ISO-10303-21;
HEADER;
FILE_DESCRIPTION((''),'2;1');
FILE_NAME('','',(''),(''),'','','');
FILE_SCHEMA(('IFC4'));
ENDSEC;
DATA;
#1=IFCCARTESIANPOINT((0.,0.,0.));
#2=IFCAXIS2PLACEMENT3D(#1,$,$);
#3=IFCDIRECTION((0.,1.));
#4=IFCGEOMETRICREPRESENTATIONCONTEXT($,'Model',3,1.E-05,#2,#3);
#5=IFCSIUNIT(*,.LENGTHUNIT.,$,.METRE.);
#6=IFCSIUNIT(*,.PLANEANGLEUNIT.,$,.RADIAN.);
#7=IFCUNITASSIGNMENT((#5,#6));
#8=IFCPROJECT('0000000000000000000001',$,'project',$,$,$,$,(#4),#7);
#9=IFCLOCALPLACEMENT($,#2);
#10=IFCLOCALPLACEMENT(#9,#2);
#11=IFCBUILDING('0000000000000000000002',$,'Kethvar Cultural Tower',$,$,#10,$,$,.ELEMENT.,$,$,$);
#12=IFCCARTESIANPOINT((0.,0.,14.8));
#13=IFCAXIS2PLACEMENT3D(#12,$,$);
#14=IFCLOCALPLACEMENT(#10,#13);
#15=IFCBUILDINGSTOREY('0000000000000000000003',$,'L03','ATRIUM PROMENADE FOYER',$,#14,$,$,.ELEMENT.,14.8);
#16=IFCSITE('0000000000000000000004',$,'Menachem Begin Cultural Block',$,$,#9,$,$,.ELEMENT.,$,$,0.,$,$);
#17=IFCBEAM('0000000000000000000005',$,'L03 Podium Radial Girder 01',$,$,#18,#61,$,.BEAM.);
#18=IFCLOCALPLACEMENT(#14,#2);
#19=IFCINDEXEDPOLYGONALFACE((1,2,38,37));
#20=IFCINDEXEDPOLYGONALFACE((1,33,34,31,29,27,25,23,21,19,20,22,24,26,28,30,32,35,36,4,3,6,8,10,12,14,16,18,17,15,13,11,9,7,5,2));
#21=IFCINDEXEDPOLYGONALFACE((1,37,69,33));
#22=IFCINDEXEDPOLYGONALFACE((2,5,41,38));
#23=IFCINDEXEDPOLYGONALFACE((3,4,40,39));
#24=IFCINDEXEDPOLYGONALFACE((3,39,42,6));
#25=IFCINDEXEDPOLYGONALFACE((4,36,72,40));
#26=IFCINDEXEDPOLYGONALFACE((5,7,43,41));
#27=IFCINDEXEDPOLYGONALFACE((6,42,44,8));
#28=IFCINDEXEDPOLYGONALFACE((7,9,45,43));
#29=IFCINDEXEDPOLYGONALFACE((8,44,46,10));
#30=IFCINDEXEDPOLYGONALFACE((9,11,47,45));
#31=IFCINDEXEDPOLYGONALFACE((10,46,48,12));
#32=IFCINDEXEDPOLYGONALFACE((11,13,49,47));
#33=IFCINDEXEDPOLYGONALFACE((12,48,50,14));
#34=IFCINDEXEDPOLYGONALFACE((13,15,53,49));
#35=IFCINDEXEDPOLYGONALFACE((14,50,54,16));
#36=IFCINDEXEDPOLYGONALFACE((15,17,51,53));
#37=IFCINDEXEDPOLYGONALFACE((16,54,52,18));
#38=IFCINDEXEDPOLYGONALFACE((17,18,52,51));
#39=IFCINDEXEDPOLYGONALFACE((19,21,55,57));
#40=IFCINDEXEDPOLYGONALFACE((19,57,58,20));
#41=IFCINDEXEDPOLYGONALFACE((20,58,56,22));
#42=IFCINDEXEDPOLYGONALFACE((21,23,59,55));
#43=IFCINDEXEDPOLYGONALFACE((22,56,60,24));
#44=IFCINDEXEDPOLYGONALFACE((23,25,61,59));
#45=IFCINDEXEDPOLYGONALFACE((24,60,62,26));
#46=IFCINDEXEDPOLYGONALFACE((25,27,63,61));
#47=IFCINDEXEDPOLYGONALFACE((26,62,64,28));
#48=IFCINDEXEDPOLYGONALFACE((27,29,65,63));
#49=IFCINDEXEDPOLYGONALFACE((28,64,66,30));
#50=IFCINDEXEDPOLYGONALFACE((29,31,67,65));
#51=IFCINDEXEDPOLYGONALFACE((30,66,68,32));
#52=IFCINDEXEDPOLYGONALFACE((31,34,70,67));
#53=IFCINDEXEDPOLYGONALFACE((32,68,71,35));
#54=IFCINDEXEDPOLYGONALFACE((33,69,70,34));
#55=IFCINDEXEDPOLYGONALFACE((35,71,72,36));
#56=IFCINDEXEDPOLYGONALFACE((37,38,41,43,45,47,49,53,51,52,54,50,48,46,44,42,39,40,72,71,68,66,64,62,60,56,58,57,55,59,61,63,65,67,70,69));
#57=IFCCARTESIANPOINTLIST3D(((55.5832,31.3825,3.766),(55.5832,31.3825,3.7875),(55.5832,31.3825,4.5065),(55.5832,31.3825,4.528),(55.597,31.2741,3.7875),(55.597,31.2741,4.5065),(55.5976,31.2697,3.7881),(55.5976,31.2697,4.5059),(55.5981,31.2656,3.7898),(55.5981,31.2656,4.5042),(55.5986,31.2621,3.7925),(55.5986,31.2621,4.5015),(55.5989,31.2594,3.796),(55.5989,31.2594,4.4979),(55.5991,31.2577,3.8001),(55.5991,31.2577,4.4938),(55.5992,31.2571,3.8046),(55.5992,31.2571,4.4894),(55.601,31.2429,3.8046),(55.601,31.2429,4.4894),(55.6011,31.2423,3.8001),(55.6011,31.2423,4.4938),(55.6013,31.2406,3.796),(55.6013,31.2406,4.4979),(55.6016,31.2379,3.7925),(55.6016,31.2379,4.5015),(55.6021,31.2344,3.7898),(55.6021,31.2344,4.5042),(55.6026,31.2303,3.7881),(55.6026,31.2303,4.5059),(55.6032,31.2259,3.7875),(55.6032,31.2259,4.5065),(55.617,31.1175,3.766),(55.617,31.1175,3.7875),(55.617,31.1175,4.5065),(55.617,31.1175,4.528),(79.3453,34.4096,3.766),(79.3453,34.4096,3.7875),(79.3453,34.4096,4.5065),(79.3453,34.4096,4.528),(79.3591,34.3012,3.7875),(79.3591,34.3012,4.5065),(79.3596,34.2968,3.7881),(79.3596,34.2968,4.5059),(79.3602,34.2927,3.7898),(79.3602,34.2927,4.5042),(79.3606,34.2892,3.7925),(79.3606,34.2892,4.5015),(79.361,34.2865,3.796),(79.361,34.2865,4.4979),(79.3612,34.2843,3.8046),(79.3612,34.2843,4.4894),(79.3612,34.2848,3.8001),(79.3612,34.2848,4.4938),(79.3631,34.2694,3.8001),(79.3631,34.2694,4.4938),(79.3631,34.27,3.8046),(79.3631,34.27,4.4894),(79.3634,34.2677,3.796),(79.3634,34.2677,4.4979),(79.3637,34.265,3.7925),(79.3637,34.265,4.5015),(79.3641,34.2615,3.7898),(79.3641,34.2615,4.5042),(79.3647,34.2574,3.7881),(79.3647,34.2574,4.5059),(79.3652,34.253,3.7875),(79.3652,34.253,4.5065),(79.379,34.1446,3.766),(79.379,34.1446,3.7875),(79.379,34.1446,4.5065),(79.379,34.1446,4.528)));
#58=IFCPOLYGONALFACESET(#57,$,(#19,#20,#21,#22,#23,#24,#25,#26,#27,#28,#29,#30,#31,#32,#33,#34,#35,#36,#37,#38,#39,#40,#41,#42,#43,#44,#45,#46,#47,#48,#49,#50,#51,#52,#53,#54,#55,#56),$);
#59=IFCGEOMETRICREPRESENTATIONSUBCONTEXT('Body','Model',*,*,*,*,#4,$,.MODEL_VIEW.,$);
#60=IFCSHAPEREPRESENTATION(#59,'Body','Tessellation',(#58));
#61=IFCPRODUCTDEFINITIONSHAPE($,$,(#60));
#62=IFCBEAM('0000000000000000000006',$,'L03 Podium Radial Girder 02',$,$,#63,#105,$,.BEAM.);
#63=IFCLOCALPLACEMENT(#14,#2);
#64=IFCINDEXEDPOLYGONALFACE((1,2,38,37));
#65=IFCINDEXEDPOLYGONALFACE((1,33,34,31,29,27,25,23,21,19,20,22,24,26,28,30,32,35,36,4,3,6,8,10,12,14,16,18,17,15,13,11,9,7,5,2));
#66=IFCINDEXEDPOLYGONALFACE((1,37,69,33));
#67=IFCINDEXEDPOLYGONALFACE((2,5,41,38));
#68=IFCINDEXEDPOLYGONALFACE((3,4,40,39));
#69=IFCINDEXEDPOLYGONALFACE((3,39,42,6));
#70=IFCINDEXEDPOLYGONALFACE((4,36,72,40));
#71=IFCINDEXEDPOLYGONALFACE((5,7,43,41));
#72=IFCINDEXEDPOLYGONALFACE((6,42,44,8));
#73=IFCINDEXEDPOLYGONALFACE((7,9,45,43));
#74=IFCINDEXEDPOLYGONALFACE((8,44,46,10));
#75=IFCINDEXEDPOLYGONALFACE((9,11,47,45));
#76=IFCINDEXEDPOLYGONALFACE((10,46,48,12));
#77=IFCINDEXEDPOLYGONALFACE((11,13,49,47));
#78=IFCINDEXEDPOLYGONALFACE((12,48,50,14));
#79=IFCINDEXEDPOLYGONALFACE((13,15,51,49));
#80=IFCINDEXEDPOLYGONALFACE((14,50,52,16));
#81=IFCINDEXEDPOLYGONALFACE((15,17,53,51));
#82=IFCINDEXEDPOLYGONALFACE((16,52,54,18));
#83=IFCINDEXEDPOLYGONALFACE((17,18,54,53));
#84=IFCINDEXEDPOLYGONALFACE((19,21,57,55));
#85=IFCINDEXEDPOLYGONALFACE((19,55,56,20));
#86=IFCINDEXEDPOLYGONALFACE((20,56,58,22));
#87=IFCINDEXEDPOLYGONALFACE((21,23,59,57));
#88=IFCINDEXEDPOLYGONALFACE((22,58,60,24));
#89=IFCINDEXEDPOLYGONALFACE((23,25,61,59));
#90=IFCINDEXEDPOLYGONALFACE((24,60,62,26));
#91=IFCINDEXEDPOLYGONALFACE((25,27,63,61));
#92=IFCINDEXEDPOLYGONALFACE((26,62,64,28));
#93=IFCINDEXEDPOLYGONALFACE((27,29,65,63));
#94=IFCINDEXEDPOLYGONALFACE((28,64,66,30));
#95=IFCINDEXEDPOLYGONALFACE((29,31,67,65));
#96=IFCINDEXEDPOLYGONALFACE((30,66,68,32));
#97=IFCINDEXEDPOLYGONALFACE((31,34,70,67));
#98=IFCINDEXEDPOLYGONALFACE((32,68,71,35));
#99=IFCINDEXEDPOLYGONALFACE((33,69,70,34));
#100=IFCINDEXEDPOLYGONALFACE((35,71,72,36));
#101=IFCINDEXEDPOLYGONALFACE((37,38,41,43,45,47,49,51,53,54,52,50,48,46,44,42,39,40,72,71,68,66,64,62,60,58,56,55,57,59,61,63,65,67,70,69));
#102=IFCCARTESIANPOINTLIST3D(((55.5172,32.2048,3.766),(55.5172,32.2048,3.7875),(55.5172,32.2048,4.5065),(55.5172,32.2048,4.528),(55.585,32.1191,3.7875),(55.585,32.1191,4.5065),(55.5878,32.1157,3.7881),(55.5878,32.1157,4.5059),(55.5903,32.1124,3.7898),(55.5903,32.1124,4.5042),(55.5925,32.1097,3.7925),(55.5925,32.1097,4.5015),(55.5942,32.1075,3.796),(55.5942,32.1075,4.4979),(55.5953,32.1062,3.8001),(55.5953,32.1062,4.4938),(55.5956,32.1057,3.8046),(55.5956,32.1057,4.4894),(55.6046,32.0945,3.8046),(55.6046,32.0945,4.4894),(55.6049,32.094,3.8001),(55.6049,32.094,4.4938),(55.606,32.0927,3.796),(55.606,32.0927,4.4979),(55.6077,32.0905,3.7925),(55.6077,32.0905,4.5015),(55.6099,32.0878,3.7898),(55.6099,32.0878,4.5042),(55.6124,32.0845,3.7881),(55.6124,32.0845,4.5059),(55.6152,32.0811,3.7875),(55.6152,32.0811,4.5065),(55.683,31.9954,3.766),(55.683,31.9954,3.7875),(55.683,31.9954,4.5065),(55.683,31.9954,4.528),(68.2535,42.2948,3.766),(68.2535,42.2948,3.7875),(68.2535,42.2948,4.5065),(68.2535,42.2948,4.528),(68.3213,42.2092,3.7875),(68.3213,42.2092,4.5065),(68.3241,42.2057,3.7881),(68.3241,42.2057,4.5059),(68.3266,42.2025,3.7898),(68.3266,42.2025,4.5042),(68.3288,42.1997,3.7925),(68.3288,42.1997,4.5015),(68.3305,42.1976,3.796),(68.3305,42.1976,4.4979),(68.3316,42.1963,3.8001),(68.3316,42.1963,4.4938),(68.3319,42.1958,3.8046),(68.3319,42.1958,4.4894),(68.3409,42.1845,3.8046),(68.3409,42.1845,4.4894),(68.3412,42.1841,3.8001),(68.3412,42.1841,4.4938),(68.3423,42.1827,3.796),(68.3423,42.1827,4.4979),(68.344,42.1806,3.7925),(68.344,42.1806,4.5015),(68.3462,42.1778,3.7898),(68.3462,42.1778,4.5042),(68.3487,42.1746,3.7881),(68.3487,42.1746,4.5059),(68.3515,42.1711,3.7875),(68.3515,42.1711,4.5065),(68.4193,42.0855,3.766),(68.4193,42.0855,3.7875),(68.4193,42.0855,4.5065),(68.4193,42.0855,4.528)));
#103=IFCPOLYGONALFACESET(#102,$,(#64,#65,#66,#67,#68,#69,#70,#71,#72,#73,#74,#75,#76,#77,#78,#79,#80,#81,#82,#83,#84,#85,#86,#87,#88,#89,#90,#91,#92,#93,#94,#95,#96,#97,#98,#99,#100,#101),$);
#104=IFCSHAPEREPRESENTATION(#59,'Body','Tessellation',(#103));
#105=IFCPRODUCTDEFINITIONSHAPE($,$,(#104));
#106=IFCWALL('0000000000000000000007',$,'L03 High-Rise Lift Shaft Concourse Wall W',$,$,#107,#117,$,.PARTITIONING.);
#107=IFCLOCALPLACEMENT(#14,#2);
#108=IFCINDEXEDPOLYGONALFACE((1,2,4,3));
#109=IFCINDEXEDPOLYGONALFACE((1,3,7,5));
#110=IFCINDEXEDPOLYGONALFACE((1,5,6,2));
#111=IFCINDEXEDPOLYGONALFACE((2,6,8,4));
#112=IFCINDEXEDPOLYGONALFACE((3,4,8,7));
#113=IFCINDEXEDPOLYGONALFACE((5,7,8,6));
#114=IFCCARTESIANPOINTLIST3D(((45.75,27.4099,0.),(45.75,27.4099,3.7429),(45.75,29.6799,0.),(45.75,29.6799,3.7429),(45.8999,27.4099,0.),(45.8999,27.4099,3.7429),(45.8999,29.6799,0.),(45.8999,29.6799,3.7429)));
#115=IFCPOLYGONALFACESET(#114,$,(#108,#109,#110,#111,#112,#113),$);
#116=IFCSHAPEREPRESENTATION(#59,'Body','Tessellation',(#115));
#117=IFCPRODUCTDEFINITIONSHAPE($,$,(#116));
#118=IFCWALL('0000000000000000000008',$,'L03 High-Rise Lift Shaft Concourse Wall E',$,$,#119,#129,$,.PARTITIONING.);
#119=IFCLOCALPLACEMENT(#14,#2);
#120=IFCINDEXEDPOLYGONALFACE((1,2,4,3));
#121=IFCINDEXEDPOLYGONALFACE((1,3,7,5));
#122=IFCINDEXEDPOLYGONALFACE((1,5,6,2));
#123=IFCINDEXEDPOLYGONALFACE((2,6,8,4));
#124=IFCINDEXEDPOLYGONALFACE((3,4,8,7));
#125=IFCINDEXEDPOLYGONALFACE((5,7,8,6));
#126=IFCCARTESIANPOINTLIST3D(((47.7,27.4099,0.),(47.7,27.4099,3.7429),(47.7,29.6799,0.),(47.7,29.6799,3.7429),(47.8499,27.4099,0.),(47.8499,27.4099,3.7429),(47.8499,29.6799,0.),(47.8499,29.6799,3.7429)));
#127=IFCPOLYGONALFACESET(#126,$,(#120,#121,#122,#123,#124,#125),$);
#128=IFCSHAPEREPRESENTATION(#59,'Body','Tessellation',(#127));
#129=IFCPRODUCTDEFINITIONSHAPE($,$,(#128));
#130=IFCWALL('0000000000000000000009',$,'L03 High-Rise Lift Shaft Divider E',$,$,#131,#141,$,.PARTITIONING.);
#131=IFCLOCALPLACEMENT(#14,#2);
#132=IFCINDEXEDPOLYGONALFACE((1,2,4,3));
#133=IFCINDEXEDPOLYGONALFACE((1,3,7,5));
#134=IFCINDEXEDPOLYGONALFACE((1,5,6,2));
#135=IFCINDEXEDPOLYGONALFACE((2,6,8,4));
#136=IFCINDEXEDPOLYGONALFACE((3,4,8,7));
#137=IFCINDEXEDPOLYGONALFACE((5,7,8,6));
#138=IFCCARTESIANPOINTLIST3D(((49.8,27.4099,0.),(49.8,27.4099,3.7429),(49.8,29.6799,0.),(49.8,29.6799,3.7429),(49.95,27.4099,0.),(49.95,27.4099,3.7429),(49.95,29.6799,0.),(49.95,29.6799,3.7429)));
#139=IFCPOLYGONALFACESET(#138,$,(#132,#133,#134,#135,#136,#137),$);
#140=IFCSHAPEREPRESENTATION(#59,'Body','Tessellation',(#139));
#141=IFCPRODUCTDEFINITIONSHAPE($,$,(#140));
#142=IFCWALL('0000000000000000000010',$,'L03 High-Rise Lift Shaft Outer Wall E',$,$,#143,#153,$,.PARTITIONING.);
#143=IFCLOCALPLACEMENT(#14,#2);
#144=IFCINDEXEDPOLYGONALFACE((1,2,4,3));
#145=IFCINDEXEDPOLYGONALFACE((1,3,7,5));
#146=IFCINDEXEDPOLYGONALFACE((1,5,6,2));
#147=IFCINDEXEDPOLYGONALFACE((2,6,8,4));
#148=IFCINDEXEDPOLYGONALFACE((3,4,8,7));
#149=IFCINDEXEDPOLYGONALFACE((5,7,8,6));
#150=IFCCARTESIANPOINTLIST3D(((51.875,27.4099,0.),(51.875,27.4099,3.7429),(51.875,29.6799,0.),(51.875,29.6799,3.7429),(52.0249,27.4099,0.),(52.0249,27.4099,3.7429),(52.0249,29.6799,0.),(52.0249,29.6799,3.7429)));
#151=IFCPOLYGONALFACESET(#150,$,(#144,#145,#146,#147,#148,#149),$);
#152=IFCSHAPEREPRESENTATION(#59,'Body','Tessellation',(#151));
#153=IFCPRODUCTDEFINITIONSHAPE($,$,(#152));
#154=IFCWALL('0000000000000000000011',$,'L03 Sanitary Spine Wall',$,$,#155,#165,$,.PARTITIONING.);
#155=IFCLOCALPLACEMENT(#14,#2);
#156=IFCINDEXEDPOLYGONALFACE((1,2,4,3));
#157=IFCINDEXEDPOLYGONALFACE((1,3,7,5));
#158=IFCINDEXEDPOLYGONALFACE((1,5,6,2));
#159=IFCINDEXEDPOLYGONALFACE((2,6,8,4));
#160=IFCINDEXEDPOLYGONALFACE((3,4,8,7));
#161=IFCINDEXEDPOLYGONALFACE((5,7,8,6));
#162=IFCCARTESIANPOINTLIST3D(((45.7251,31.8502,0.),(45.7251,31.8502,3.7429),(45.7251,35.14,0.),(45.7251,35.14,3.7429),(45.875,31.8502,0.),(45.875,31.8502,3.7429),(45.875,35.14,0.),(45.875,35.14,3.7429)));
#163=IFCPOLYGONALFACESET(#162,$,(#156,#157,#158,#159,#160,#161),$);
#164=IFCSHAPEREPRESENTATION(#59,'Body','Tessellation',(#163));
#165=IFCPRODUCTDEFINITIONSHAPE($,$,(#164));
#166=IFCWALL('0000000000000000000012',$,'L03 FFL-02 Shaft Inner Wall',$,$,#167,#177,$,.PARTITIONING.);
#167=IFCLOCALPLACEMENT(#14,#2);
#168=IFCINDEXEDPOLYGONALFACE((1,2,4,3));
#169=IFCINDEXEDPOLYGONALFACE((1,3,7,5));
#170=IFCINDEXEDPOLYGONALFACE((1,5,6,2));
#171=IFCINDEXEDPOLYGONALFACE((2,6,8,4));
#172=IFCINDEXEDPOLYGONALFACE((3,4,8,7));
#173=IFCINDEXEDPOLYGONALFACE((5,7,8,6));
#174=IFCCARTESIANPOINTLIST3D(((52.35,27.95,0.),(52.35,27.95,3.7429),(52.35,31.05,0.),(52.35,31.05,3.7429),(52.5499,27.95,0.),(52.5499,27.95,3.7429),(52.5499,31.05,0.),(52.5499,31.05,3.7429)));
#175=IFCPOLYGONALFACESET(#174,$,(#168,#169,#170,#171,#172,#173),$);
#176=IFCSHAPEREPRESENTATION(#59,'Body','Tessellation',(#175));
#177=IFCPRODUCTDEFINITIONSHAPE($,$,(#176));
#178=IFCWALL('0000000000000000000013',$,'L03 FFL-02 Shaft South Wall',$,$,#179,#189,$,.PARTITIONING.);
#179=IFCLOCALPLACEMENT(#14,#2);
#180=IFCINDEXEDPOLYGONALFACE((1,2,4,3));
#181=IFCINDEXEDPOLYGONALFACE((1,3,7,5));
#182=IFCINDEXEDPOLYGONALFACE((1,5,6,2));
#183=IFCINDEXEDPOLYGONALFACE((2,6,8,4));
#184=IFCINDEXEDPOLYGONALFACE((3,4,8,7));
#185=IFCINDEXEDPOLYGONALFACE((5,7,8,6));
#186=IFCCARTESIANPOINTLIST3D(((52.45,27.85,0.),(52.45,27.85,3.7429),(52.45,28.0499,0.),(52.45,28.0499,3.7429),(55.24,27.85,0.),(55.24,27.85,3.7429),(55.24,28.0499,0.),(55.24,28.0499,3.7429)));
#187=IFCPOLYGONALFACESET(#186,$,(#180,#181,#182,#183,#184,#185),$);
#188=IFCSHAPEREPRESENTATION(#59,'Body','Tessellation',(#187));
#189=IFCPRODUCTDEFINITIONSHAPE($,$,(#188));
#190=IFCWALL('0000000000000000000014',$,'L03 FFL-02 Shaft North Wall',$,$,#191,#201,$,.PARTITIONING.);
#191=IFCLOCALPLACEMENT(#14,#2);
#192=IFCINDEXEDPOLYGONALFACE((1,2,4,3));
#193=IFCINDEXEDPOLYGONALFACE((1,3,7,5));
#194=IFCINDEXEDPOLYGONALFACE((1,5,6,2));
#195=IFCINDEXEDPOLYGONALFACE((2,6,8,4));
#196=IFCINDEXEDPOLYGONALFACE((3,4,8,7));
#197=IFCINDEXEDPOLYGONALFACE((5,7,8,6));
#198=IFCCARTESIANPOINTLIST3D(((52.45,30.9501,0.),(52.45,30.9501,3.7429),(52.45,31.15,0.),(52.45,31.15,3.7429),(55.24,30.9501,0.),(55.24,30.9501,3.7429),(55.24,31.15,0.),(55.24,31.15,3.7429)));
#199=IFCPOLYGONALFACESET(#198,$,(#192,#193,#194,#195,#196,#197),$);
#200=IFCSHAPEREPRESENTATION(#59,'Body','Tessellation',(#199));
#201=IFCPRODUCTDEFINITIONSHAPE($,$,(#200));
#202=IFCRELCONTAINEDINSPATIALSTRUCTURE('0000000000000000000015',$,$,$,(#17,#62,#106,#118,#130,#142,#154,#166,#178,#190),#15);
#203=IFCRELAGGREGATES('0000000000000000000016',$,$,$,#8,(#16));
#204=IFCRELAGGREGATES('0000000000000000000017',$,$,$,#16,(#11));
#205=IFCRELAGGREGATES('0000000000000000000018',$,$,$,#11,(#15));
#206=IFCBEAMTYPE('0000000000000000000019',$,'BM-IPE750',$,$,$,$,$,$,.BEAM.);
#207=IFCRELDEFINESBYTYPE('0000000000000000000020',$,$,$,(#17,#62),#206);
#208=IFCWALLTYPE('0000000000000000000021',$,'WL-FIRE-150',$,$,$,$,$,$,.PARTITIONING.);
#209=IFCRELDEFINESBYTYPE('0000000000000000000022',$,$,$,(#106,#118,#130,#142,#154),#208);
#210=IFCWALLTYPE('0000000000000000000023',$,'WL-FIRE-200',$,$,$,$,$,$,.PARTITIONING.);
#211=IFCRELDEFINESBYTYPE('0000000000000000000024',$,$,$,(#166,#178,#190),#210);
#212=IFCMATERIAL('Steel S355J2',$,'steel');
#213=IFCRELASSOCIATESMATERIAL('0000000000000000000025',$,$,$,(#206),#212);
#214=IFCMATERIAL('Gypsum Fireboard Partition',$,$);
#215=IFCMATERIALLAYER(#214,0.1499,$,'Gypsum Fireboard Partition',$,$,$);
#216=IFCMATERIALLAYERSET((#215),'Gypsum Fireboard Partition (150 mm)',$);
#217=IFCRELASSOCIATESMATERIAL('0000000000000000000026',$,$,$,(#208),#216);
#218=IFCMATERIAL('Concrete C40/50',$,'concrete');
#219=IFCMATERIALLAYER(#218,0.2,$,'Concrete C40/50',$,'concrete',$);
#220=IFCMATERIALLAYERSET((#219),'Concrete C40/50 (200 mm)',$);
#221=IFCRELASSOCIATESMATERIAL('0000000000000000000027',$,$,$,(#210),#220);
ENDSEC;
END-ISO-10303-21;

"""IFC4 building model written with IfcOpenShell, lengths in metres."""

from ifc_helpers import new_model, si_unit, direction, frame, frame_2d, origin, origin_2d, place, context, subcontext, project, spatial, rectangle, i_section, extrude, source, transform, mapped, material, layer, layer_set, material_profile, profile_set, type_object, element, save


model = new_model("IFC4")

# Units and contexts
model_context = context("Model", 3, precision=1e-05, world=origin(), true_north=direction((0.0, 1.0)))
body_context = subcontext(model_context, "Body", "Model", "MODEL_VIEW")
ifc_project = project(units=[si_unit("LENGTHUNIT", "METRE"), si_unit("PLANEANGLEUNIT", "RADIAN")], contexts=[model_context])

# Site, building, storey
site_placement = place(None, origin())
site = spatial("IfcSite", under=ifc_project, at=site_placement, Name="Menachem Begin Cultural Block", CompositionType="ELEMENT", RefElevation=0.0)
building_placement = place(site_placement, origin())
building = spatial("IfcBuilding", under=site, at=building_placement, Name="Kethvar Cultural Tower", CompositionType="ELEMENT")
storey_placement = place(building_placement, frame((0.0, 0.0, 14.8)))
storey = spatial("IfcBuildingStorey", under=building, at=storey_placement, Name="L03", Description="ATRIUM PROMENADE FOYER", CompositionType="ELEMENT", Elevation=14.8)

# Beams
ifc_material_1 = material(Name="Steel S355J2", Category="steel")
ifc_material_profile = material_profile(ifc_material_1, i_section(OverallWidth=0.2671, OverallDepth=0.762, WebThickness=0.0144, FlangeThickness=0.0215, FilletRadius=0.0171, at=origin_2d()), Name="Steel S355J2 — IPE750x173")
ifc_profile_set = profile_set([ifc_material_profile], Name="Steel S355J2 — IPE750x173")
beam_type = type_object("IfcBeamType", Name="BM-IPE750", PredefinedType="BEAM", material=ifc_profile_set)
shared_shape_1 = source(origin(), body_context, "Body", "SweptSolid", [
    extrude(i_section(OverallWidth=0.2671, OverallDepth=0.762, WebThickness=0.0144, FlangeThickness=0.0215, FilletRadius=0.0171, at=origin_2d()), origin(), (0.0, 0.0, 1.0), 23.9541),
])
beam_1_placement = place(storey_placement, frame((55.6001, 31.25, 4.147), z_axis=(0.991983, 0.126371, 0.0), x_axis=(-0.126371, 0.991983, 0.0)))
element("IfcBeam", 1, at=beam_1_placement, inside=storey, type_object=beam_type, Name="L03 Podium Radial Girder 01", PredefinedType="BEAM", context=body_context, shape_type="MappedRepresentation", body=[
    mapped(shared_shape_1, transform((0.0, 0.0, 0.0), scale=1.0)),
])
shared_shape_2 = source(origin(), body_context, "Body", "SweptSolid", [
    extrude(i_section(OverallWidth=0.2671, OverallDepth=0.762, WebThickness=0.0144, FlangeThickness=0.0215, FilletRadius=0.0171, at=origin_2d()), origin(), (0.0, 0.0, 1.0), 16.2488),
])
beam_2_placement = place(storey_placement, frame((55.6001, 32.1001, 4.147), z_axis=(0.783831, 0.620974, 0.0), x_axis=(-0.620974, 0.783831, 0.0)))
element("IfcBeam", 2, at=beam_2_placement, inside=storey, type_object=beam_type, Name="L03 Podium Radial Girder 02", PredefinedType="BEAM", context=body_context, shape_type="MappedRepresentation", body=[
    mapped(shared_shape_2, transform((0.0, 0.0, 0.0), scale=1.0)),
])

# Walls
ifc_material_2 = material(Name="Gypsum Fireboard Partition")
ifc_layer_1 = layer(ifc_material_2, 0.1499, Name="Gypsum Fireboard Partition")
ifc_layer_set_1 = layer_set([ifc_layer_1], Name="Gypsum Fireboard Partition (150 mm)")
wall_type_1 = type_object("IfcWallType", Name="WL-FIRE-150", PredefinedType="PARTITIONING", material=ifc_layer_set_1)
for number, where, z_axis, x_axis, name in (
    (3, (45.825, 27.4099, 0.0), (0.0, 0.0, 1.0), (0.0, 1.0, 0.0), "L03 High-Rise Lift Shaft Concourse Wall W"),
    (4, (47.7749, 27.4099, 0.0), (0.0, 0.0, 1.0), (0.0, 1.0, 0.0), "L03 High-Rise Lift Shaft Concourse Wall E"),
    (5, (49.875, 27.4099, 0.0), (0.0, 0.0, 1.0), (0.0, 1.0, 0.0), "L03 High-Rise Lift Shaft Divider E"),
    (6, (51.95, 27.4099, 0.0), (0.0, 0.0, 1.0), (0.0, 1.0, 0.0), "L03 High-Rise Lift Shaft Outer Wall E"),
):
    element("IfcWall", number, at=place(storey_placement, frame(where, z_axis=z_axis, x_axis=x_axis)), inside=storey, type_object=wall_type_1, Name=name, PredefinedType="PARTITIONING", context=body_context, shape_type="SweptSolid", body=[
        extrude(rectangle(XDim=2.27, YDim=0.1499, at=frame_2d((1.135, 0.0))), origin(), (0.0, 0.0, 1.0), 3.7429),
    ])
wall_1_placement = place(storey_placement, frame((45.8, 31.8501, 0.0), z_axis=(0.0, 0.0, 1.0), x_axis=(0.0, 1.0, 0.0)))
element("IfcWall", 7, at=wall_1_placement, inside=storey, type_object=wall_type_1, Name="L03 Sanitary Spine Wall", PredefinedType="PARTITIONING", context=body_context, shape_type="SweptSolid", body=[
    extrude(rectangle(XDim=3.2898, YDim=0.1499, at=frame_2d((1.645, 0.0))), origin(), (0.0, 0.0, 1.0), 3.7429),
])
ifc_material_3 = material(Name="Concrete C40/50", Category="concrete")
ifc_layer_2 = layer(ifc_material_3, 0.2, Name="Concrete C40/50", Category="concrete")
ifc_layer_set_2 = layer_set([ifc_layer_2], Name="Concrete C40/50 (200 mm)")
wall_type_2 = type_object("IfcWallType", Name="WL-FIRE-200", PredefinedType="PARTITIONING", material=ifc_layer_set_2)
wall_2_placement = place(storey_placement, frame((52.45, 27.95, 0.0), z_axis=(0.0, 0.0, 1.0), x_axis=(0.0, 1.0, 0.0)))
element("IfcWall", 8, at=wall_2_placement, inside=storey, type_object=wall_type_2, Name="L03 FFL-02 Shaft Inner Wall", PredefinedType="PARTITIONING", context=body_context, shape_type="SweptSolid", body=[
    extrude(rectangle(XDim=3.1001, YDim=0.2, at=frame_2d((1.55, 0.0))), origin(), (0.0, 0.0, 1.0), 3.7429),
])
for number, where, z_axis, x_axis, name in (
    (9, (52.45, 27.95, 0.0), (0.0, 0.0, 1.0), (1.0, 0.0, 0.0), "L03 FFL-02 Shaft South Wall"),
    (10, (52.45, 31.05, 0.0), (0.0, 0.0, 1.0), (1.0, 0.0, 0.0), "L03 FFL-02 Shaft North Wall"),
):
    element("IfcWall", number, at=place(storey_placement, frame(where, z_axis=z_axis, x_axis=x_axis)), inside=storey, type_object=wall_type_2, Name=name, PredefinedType="PARTITIONING", context=body_context, shape_type="SweptSolid", body=[
        extrude(rectangle(XDim=2.79, YDim=0.2, at=frame_2d((1.395, 0.0))), origin(), (0.0, 0.0, 1.0), 3.7429),
    ])

save(model, "model.ifc")
